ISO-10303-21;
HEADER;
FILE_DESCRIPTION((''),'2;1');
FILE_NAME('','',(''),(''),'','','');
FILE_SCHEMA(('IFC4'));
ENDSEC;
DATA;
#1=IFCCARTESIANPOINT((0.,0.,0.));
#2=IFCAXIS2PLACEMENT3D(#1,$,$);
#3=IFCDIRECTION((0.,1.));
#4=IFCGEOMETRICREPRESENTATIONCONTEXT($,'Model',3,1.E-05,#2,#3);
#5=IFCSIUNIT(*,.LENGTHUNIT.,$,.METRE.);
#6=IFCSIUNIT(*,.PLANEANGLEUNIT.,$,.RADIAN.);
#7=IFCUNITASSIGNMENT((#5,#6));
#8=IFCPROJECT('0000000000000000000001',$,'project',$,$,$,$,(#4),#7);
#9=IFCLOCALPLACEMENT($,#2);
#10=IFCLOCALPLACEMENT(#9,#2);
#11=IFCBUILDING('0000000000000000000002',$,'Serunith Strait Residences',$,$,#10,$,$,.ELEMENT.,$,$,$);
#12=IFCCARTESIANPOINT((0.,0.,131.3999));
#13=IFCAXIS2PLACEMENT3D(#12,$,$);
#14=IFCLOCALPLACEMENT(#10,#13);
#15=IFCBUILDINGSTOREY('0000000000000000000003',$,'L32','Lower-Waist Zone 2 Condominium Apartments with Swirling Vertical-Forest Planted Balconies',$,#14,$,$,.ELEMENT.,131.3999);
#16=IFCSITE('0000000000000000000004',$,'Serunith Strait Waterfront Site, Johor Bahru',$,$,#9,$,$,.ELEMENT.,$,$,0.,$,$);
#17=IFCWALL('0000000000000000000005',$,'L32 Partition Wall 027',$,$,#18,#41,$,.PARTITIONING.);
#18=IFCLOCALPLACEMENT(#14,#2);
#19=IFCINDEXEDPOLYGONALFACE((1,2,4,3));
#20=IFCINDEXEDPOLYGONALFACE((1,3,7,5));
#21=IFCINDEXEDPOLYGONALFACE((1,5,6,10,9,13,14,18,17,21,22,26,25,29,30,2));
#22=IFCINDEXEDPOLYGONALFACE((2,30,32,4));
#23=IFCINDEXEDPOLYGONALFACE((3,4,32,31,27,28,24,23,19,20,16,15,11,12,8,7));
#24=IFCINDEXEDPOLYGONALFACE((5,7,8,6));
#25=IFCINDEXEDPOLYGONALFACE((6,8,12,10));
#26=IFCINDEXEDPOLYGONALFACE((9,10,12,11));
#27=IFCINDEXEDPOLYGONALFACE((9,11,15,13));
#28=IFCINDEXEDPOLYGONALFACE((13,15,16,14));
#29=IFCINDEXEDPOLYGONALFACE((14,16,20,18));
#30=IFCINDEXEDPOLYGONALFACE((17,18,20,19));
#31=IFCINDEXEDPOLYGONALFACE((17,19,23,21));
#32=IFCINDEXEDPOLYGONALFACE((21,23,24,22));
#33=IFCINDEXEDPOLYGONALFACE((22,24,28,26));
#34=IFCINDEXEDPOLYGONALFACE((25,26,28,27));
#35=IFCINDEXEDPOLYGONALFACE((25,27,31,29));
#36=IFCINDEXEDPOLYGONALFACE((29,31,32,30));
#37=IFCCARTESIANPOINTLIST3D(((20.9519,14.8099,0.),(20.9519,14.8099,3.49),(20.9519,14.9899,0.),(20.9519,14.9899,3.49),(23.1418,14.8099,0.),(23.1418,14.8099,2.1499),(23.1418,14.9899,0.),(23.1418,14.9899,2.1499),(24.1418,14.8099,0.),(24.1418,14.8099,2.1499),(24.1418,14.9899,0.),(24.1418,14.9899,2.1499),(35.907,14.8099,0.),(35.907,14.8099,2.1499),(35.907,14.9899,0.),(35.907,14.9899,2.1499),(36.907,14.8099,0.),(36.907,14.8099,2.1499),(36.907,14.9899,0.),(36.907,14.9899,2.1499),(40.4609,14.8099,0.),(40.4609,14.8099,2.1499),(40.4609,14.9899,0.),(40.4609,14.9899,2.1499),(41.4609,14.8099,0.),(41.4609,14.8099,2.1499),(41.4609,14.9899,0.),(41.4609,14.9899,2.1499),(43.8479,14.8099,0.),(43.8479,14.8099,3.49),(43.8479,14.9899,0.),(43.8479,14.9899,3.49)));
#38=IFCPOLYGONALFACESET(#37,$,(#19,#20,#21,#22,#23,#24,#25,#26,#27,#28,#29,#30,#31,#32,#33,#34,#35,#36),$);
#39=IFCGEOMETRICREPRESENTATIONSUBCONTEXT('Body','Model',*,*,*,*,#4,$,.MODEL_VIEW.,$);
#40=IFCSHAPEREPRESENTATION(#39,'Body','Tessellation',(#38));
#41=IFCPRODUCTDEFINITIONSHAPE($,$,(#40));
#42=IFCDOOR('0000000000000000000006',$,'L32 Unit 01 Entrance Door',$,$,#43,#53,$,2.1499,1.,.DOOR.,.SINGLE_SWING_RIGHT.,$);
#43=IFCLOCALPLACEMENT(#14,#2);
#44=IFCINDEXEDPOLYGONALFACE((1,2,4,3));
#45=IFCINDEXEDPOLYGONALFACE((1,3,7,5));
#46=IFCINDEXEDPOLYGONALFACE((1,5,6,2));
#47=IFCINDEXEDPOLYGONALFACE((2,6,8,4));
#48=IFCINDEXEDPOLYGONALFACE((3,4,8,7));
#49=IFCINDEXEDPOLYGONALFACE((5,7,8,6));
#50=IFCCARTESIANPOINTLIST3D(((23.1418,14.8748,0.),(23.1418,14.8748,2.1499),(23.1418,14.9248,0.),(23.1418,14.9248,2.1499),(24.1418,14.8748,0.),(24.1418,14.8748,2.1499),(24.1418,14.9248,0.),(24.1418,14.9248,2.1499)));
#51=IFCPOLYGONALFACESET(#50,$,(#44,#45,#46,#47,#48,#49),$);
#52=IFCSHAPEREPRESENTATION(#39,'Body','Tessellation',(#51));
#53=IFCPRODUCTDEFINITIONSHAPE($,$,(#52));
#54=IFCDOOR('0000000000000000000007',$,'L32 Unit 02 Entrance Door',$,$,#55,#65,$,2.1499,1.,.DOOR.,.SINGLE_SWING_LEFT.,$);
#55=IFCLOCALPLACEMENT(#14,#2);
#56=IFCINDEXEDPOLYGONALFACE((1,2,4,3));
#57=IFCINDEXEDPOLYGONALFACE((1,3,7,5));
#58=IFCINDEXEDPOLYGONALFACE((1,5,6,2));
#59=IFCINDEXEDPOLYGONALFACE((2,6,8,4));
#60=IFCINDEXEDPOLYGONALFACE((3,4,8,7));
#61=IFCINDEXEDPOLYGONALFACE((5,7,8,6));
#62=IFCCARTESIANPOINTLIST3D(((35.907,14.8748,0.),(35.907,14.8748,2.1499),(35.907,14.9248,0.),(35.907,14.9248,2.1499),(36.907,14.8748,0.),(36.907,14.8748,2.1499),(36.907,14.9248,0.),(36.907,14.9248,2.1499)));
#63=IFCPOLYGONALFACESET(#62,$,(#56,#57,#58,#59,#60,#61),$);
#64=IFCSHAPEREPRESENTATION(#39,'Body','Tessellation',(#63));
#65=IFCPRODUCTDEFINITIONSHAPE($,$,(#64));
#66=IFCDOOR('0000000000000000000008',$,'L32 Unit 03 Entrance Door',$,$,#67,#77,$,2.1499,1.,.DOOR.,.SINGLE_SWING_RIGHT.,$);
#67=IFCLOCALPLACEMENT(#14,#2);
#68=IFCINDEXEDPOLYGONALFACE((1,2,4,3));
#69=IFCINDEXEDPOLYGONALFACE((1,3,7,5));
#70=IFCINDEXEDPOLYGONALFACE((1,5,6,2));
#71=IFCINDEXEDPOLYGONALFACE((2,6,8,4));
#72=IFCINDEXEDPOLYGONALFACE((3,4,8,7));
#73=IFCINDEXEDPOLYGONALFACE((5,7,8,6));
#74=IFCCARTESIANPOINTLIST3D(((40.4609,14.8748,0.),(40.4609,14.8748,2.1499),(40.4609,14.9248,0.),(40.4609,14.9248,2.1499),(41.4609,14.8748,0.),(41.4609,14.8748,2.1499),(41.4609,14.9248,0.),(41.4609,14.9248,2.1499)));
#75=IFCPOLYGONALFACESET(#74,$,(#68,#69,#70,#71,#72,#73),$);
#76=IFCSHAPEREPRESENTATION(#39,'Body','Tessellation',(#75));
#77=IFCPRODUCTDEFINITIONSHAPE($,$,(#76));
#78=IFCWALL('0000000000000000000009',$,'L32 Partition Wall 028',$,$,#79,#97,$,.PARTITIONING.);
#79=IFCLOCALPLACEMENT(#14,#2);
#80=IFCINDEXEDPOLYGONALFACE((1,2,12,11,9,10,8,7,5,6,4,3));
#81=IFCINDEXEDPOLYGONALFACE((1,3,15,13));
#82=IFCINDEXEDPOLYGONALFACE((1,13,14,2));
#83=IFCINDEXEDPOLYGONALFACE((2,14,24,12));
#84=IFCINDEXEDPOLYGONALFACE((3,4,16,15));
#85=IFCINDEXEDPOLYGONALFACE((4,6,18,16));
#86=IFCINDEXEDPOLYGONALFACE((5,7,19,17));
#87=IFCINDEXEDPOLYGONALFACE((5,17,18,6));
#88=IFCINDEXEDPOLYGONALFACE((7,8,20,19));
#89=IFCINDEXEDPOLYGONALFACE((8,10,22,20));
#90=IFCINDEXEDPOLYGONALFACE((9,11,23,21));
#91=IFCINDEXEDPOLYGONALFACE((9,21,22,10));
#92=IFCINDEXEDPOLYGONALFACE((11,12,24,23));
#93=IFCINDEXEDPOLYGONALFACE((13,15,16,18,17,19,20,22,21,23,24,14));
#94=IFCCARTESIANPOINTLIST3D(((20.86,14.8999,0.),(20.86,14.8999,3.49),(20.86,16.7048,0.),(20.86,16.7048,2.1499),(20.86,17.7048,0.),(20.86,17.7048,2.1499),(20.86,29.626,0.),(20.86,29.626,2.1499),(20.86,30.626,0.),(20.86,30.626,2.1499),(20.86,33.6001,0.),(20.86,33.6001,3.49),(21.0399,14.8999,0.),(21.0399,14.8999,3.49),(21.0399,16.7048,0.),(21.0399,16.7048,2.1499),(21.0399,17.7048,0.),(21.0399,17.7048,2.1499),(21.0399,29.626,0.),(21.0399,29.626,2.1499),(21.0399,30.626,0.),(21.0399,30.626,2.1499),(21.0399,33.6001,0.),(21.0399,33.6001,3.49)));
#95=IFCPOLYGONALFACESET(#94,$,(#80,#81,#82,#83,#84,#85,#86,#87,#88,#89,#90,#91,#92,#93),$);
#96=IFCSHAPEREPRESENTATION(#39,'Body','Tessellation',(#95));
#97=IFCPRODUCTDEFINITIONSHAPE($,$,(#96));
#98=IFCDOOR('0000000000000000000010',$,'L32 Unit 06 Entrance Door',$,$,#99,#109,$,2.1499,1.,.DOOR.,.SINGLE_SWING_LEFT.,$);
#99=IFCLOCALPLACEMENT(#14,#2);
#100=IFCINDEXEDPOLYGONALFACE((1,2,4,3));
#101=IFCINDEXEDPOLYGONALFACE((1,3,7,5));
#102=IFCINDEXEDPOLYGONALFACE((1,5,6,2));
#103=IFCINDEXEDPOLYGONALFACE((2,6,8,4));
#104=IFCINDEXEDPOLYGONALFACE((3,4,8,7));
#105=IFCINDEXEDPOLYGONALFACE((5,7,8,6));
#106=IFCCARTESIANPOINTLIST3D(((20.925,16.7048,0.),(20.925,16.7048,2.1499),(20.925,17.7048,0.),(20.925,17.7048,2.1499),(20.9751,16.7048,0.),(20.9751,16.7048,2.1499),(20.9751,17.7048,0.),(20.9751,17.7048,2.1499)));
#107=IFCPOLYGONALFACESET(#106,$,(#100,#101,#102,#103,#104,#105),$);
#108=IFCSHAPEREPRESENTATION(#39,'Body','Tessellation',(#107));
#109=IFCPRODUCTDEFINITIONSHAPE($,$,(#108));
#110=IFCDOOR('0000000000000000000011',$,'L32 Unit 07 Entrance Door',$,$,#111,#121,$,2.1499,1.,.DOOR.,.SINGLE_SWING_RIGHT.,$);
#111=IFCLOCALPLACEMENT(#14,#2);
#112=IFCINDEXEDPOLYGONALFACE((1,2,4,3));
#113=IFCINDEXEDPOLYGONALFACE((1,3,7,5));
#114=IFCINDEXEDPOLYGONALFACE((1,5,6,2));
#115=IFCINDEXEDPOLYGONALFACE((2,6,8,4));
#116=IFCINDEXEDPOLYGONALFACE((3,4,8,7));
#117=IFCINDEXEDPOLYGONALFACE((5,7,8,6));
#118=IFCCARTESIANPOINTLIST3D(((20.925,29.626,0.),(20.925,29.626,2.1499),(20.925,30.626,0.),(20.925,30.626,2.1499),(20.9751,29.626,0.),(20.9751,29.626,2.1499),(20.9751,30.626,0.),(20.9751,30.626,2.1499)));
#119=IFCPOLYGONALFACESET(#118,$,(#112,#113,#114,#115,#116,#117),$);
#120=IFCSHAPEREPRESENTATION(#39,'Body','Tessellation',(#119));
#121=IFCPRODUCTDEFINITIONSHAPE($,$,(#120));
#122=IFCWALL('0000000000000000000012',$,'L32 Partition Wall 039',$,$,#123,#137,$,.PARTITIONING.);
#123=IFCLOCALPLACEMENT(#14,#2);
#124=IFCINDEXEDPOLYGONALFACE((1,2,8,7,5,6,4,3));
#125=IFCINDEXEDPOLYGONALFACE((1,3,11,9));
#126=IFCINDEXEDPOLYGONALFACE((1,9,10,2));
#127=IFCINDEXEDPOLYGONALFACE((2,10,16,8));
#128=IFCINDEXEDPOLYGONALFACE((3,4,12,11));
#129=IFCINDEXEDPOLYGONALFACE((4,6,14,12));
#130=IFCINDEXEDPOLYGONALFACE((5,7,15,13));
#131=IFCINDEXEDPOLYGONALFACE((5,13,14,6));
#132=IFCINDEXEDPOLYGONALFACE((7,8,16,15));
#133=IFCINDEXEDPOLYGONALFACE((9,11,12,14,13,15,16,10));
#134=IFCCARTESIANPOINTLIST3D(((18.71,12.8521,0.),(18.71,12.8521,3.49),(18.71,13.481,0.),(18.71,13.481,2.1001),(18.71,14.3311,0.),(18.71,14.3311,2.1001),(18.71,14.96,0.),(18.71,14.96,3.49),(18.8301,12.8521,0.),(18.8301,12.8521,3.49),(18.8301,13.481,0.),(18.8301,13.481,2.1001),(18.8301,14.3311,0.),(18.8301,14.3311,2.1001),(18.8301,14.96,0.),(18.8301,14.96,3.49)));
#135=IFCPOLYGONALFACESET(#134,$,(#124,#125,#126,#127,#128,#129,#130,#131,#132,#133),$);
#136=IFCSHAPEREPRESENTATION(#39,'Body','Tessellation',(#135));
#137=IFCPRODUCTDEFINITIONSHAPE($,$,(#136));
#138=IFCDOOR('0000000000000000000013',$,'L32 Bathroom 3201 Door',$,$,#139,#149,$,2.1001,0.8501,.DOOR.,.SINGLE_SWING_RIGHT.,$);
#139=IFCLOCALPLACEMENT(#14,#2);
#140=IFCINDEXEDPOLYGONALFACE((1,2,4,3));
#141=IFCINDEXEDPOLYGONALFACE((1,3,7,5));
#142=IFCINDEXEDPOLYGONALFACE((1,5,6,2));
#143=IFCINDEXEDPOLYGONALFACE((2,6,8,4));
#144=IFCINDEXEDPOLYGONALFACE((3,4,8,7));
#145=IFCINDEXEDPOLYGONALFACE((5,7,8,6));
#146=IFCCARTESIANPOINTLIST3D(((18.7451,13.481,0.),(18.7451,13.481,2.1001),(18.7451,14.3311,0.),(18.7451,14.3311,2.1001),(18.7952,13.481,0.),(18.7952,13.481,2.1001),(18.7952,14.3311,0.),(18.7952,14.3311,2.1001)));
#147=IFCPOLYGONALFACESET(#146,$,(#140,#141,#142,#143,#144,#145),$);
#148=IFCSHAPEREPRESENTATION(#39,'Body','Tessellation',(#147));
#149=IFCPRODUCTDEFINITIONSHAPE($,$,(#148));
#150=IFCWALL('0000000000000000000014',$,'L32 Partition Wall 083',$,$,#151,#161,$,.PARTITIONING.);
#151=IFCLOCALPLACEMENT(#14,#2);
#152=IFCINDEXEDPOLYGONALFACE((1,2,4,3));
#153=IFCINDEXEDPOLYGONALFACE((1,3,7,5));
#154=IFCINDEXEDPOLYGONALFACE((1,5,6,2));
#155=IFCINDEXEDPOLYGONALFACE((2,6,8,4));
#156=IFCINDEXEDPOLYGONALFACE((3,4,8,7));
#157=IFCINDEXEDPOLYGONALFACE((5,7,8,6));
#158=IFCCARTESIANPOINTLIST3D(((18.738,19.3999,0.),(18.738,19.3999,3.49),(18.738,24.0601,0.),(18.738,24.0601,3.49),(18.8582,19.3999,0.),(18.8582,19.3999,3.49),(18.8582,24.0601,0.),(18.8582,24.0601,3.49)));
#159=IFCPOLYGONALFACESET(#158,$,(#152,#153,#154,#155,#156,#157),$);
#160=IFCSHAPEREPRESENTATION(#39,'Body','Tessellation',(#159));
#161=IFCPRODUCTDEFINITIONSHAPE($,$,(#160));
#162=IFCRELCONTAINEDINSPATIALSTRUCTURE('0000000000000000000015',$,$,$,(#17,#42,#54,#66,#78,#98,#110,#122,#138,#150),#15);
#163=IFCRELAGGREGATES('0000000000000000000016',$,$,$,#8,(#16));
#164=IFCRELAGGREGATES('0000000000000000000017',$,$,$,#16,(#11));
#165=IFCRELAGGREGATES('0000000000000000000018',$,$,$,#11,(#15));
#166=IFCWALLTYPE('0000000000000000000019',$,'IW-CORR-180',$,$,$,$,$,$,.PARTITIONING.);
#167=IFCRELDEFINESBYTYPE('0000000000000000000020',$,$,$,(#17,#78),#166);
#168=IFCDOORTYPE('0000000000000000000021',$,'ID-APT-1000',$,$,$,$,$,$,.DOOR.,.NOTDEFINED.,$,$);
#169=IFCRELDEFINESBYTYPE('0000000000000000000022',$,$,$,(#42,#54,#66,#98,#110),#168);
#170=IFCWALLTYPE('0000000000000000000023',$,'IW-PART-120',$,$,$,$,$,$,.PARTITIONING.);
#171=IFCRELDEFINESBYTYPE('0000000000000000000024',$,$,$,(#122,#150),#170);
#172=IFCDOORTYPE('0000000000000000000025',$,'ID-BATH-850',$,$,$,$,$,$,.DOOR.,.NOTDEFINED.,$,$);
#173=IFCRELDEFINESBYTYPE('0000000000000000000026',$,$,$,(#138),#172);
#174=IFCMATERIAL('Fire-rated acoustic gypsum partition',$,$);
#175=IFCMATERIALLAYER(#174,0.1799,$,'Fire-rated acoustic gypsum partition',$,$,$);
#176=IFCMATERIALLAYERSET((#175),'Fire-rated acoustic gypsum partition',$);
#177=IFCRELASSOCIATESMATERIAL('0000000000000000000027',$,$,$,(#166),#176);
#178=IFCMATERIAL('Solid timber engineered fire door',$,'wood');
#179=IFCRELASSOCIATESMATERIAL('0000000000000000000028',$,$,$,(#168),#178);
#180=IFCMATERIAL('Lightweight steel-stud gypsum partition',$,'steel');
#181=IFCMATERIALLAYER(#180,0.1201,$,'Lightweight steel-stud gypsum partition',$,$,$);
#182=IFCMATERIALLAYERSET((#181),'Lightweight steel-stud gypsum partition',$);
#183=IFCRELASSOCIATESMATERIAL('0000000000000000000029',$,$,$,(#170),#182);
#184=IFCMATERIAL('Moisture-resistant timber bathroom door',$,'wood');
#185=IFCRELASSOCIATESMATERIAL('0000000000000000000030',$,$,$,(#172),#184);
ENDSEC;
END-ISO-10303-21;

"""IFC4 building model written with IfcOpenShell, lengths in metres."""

from ifc_helpers import new_model, si_unit, direction, frame, frame_2d, origin, place, context, subcontext, project, spatial, rectangle, extrude, source, transform, mapped, material, layer, layer_set, type_object, element, fill, save


model = new_model("IFC4")

# Units and contexts
model_context = context("Model", 3, precision=1e-05, world=origin(), true_north=direction((0.0, 1.0)))
body_context = subcontext(model_context, "Body", "Model", "MODEL_VIEW")
ifc_project = project(units=[si_unit("LENGTHUNIT", "METRE"), si_unit("PLANEANGLEUNIT", "RADIAN")], contexts=[model_context])

# Site, building, storey
site_placement = place(None, origin())
site = spatial("IfcSite", under=ifc_project, at=site_placement, Name="Serunith Strait Waterfront Site, Johor Bahru", CompositionType="ELEMENT", RefElevation=0.0)
building_placement = place(site_placement, origin())
building = spatial("IfcBuilding", under=site, at=building_placement, Name="Serunith Strait Residences", CompositionType="ELEMENT")
storey_placement = place(building_placement, frame((0.0, 0.0, 131.3999)))
storey = spatial("IfcBuildingStorey", under=building, at=storey_placement, Name="L32", Description="Lower-Waist Zone 2 Condominium Apartments with Swirling Vertical-Forest Planted Balconies", CompositionType="ELEMENT", Elevation=131.3999)

# Walls, openings, doors
ifc_material_1 = material(Name="Fire-rated acoustic gypsum partition")
ifc_layer_1 = layer(ifc_material_1, 0.1799, Name="Fire-rated acoustic gypsum partition")
ifc_layer_set_1 = layer_set([ifc_layer_1], Name="Fire-rated acoustic gypsum partition")
wall_type_1 = type_object("IfcWallType", Name="IW-CORR-180", PredefinedType="PARTITIONING", material=ifc_layer_set_1)
wall_1_placement = place(storey_placement, frame((20.9519, 14.8999, 0.0), z_axis=(0.0, 0.0, 1.0), x_axis=(1.0, 0.0, 0.0)))
wall_1 = element("IfcWall", 1, at=wall_1_placement, inside=storey, type_object=wall_type_1, Name="L32 Partition Wall 027", PredefinedType="PARTITIONING", context=body_context, shape_type="SweptSolid", body=[
    extrude(rectangle(XDim=22.896, YDim=0.1799, at=frame_2d((11.448, 0.0))), origin(), (0.0, 0.0, 1.0), 3.49),
])
opening_1_placement = place(wall_1_placement, frame((2.1899, 0.0, 0.0)))
opening_1 = element("IfcOpeningElement", 2, at=opening_1_placement, cuts=wall_1, PredefinedType="OPENING", context=body_context, shape_type="SweptSolid", body=[
    extrude(rectangle(XDim=1.0, YDim=2.1499, at=frame_2d((0.5, 1.075))), frame((0.0, 0.1001, 0.0), z_axis=(0.0, -1.0, 0.0), x_axis=(1.0, 0.0, 0.0)), (0.0, 0.0, 1.0), 0.2),
])
opening_2_placement = place(wall_1_placement, frame((14.9551, 0.0, 0.0)))
opening_2 = element("IfcOpeningElement", 3, at=opening_2_placement, cuts=wall_1, PredefinedType="OPENING", context=body_context, shape_type="SweptSolid", body=[
    extrude(rectangle(XDim=1.0, YDim=2.1499, at=frame_2d((0.5, 1.075))), frame((0.0, 0.1001, 0.0), z_axis=(0.0, -1.0, 0.0), x_axis=(1.0, 0.0, 0.0)), (0.0, 0.0, 1.0), 0.2),
])
opening_3_placement = place(wall_1_placement, frame((19.509, 0.0, 0.0)))
opening_3 = element("IfcOpeningElement", 4, at=opening_3_placement, cuts=wall_1, PredefinedType="OPENING", context=body_context, shape_type="SweptSolid", body=[
    extrude(rectangle(XDim=1.0, YDim=2.1499, at=frame_2d((0.5, 1.075))), frame((0.0, 0.1001, 0.0), z_axis=(0.0, -1.0, 0.0), x_axis=(1.0, 0.0, 0.0)), (0.0, 0.0, 1.0), 0.2),
])
ifc_material_2 = material(Name="Solid timber engineered fire door", Category="wood")
door_type_1 = type_object("IfcDoorType", Name="ID-APT-1000", OperationType="NOTDEFINED", PredefinedType="DOOR", material=ifc_material_2)
shared_shape_1 = source(origin(), body_context, "Body", "SweptSolid", [
    extrude(rectangle(XDim=1.0, YDim=2.1499, at=frame_2d((0.5, 1.075))), frame((0.0, 0.0249, 0.0), z_axis=(0.0, -1.0, 0.0), x_axis=(1.0, 0.0, 0.0)), (0.0, 0.0, 1.0), 0.05),
])
door_1_placement = place(opening_1_placement, origin())
door_1 = element("IfcDoor", 5, at=door_1_placement, inside=storey, type_object=door_type_1, Name="L32 Unit 01 Entrance Door", OperationType="SINGLE_SWING_RIGHT", OverallHeight=2.1499, OverallWidth=1.0, PredefinedType="DOOR", context=body_context, shape_type="MappedRepresentation", body=[
    mapped(shared_shape_1, transform((0.0, 0.0, 0.0), scale=1.0)),
])
fill(opening_1, door_1)
door_2_placement = place(opening_2_placement, origin())
door_2 = element("IfcDoor", 6, at=door_2_placement, inside=storey, type_object=door_type_1, Name="L32 Unit 02 Entrance Door", OperationType="SINGLE_SWING_LEFT", OverallHeight=2.1499, OverallWidth=1.0, PredefinedType="DOOR", context=body_context, shape_type="MappedRepresentation", body=[
    mapped(shared_shape_1, transform((0.0, 0.0, 0.0), scale=1.0)),
])
fill(opening_2, door_2)
door_3_placement = place(opening_3_placement, origin())
door_3 = element("IfcDoor", 7, at=door_3_placement, inside=storey, type_object=door_type_1, Name="L32 Unit 03 Entrance Door", OperationType="SINGLE_SWING_RIGHT", OverallHeight=2.1499, OverallWidth=1.0, PredefinedType="DOOR", context=body_context, shape_type="MappedRepresentation", body=[
    mapped(shared_shape_1, transform((0.0, 0.0, 0.0), scale=1.0)),
])
fill(opening_3, door_3)
wall_2_placement = place(storey_placement, frame((20.95, 14.8999, 0.0), z_axis=(0.0, 0.0, 1.0), x_axis=(0.0, 1.0, 0.0)))
wall_2 = element("IfcWall", 8, at=wall_2_placement, inside=storey, type_object=wall_type_1, Name="L32 Partition Wall 028", PredefinedType="PARTITIONING", context=body_context, shape_type="SweptSolid", body=[
    extrude(rectangle(XDim=18.7002, YDim=0.1799, at=frame_2d((9.3501, 0.0))), origin(), (0.0, 0.0, 1.0), 3.49),
])
opening_4_placement = place(wall_2_placement, frame((1.8049, 0.0, 0.0)))
opening_4 = element("IfcOpeningElement", 9, at=opening_4_placement, cuts=wall_2, PredefinedType="OPENING", context=body_context, shape_type="SweptSolid", body=[
    extrude(rectangle(XDim=1.0, YDim=2.1499, at=frame_2d((0.5, 1.075))), frame((0.0, 0.1001, 0.0), z_axis=(0.0, -1.0, 0.0), x_axis=(1.0, 0.0, 0.0)), (0.0, 0.0, 1.0), 0.2),
])
opening_5_placement = place(wall_2_placement, frame((14.7261, 0.0, 0.0)))
opening_5 = element("IfcOpeningElement", 10, at=opening_5_placement, cuts=wall_2, PredefinedType="OPENING", context=body_context, shape_type="SweptSolid", body=[
    extrude(rectangle(XDim=1.0, YDim=2.1499, at=frame_2d((0.5, 1.075))), frame((0.0, 0.1001, 0.0), z_axis=(0.0, -1.0, 0.0), x_axis=(1.0, 0.0, 0.0)), (0.0, 0.0, 1.0), 0.2),
])
door_4_placement = place(opening_4_placement, origin())
door_4 = element("IfcDoor", 11, at=door_4_placement, inside=storey, type_object=door_type_1, Name="L32 Unit 06 Entrance Door", OperationType="SINGLE_SWING_LEFT", OverallHeight=2.1499, OverallWidth=1.0, PredefinedType="DOOR", context=body_context, shape_type="MappedRepresentation", body=[
    mapped(shared_shape_1, transform((0.0, 0.0, 0.0), scale=1.0)),
])
fill(opening_4, door_4)
door_5_placement = place(opening_5_placement, origin())
door_5 = element("IfcDoor", 12, at=door_5_placement, inside=storey, type_object=door_type_1, Name="L32 Unit 07 Entrance Door", OperationType="SINGLE_SWING_RIGHT", OverallHeight=2.1499, OverallWidth=1.0, PredefinedType="DOOR", context=body_context, shape_type="MappedRepresentation", body=[
    mapped(shared_shape_1, transform((0.0, 0.0, 0.0), scale=1.0)),
])
fill(opening_5, door_5)

# Wall, opening, door
ifc_material_3 = material(Name="Lightweight steel-stud gypsum partition", Category="steel")
ifc_layer_2 = layer(ifc_material_3, 0.1201, Name="Lightweight steel-stud gypsum partition")
ifc_layer_set_2 = layer_set([ifc_layer_2], Name="Lightweight steel-stud gypsum partition")
wall_type_2 = type_object("IfcWallType", Name="IW-PART-120", PredefinedType="PARTITIONING", material=ifc_layer_set_2)
wall_3_placement = place(storey_placement, frame((18.77, 12.8521, 0.0), z_axis=(0.0, 0.0, 1.0), x_axis=(0.0, 1.0, 0.0)))
wall_3 = element("IfcWall", 13, at=wall_3_placement, inside=storey, type_object=wall_type_2, Name="L32 Partition Wall 039", PredefinedType="PARTITIONING", context=body_context, shape_type="SweptSolid", body=[
    extrude(rectangle(XDim=2.1079, YDim=0.1201, at=frame_2d((1.054, 0.0))), origin(), (0.0, 0.0, 1.0), 3.49),
])
opening_6_placement = place(wall_3_placement, frame((0.6289, 0.0, 0.0)))
opening_6 = element("IfcOpeningElement", 14, at=opening_6_placement, cuts=wall_3, PredefinedType="OPENING", context=body_context, shape_type="SweptSolid", body=[
    extrude(rectangle(XDim=0.8501, YDim=2.1001, at=frame_2d((0.425, 1.05))), frame((0.0, 0.0701, 0.0), z_axis=(0.0, -1.0, 0.0), x_axis=(1.0, 0.0, 0.0)), (0.0, 0.0, 1.0), 0.1401),
])
ifc_material_4 = material(Name="Moisture-resistant timber bathroom door", Category="wood")
door_type_2 = type_object("IfcDoorType", Name="ID-BATH-850", OperationType="NOTDEFINED", PredefinedType="DOOR", material=ifc_material_4)
shared_shape_2 = source(origin(), body_context, "Body", "SweptSolid", [
    extrude(rectangle(XDim=0.8501, YDim=2.1001, at=frame_2d((0.425, 1.05))), frame((0.0, 0.0249, 0.0), z_axis=(0.0, -1.0, 0.0), x_axis=(1.0, 0.0, 0.0)), (0.0, 0.0, 1.0), 0.05),
])
door_6_placement = place(opening_6_placement, origin())
door_6 = element("IfcDoor", 15, at=door_6_placement, inside=storey, type_object=door_type_2, Name="L32 Bathroom 3201 Door", OperationType="SINGLE_SWING_RIGHT", OverallHeight=2.1001, OverallWidth=0.8501, PredefinedType="DOOR", context=body_context, shape_type="MappedRepresentation", body=[
    mapped(shared_shape_2, transform((0.0, 0.0, 0.0), scale=1.0)),
])
fill(opening_6, door_6)

# Wall
wall_4_placement = place(storey_placement, frame((18.7981, 19.3999, 0.0), z_axis=(0.0, 0.0, 1.0), x_axis=(0.0, 1.0, 0.0)))
element("IfcWall", 16, at=wall_4_placement, inside=storey, type_object=wall_type_2, Name="L32 Partition Wall 083", PredefinedType="PARTITIONING", context=body_context, shape_type="SweptSolid", body=[
    extrude(rectangle(XDim=4.6602, YDim=0.1201, at=frame_2d((2.3301, 0.0))), origin(), (0.0, 0.0, 1.0), 3.49),
])

save(model, "model.ifc")
